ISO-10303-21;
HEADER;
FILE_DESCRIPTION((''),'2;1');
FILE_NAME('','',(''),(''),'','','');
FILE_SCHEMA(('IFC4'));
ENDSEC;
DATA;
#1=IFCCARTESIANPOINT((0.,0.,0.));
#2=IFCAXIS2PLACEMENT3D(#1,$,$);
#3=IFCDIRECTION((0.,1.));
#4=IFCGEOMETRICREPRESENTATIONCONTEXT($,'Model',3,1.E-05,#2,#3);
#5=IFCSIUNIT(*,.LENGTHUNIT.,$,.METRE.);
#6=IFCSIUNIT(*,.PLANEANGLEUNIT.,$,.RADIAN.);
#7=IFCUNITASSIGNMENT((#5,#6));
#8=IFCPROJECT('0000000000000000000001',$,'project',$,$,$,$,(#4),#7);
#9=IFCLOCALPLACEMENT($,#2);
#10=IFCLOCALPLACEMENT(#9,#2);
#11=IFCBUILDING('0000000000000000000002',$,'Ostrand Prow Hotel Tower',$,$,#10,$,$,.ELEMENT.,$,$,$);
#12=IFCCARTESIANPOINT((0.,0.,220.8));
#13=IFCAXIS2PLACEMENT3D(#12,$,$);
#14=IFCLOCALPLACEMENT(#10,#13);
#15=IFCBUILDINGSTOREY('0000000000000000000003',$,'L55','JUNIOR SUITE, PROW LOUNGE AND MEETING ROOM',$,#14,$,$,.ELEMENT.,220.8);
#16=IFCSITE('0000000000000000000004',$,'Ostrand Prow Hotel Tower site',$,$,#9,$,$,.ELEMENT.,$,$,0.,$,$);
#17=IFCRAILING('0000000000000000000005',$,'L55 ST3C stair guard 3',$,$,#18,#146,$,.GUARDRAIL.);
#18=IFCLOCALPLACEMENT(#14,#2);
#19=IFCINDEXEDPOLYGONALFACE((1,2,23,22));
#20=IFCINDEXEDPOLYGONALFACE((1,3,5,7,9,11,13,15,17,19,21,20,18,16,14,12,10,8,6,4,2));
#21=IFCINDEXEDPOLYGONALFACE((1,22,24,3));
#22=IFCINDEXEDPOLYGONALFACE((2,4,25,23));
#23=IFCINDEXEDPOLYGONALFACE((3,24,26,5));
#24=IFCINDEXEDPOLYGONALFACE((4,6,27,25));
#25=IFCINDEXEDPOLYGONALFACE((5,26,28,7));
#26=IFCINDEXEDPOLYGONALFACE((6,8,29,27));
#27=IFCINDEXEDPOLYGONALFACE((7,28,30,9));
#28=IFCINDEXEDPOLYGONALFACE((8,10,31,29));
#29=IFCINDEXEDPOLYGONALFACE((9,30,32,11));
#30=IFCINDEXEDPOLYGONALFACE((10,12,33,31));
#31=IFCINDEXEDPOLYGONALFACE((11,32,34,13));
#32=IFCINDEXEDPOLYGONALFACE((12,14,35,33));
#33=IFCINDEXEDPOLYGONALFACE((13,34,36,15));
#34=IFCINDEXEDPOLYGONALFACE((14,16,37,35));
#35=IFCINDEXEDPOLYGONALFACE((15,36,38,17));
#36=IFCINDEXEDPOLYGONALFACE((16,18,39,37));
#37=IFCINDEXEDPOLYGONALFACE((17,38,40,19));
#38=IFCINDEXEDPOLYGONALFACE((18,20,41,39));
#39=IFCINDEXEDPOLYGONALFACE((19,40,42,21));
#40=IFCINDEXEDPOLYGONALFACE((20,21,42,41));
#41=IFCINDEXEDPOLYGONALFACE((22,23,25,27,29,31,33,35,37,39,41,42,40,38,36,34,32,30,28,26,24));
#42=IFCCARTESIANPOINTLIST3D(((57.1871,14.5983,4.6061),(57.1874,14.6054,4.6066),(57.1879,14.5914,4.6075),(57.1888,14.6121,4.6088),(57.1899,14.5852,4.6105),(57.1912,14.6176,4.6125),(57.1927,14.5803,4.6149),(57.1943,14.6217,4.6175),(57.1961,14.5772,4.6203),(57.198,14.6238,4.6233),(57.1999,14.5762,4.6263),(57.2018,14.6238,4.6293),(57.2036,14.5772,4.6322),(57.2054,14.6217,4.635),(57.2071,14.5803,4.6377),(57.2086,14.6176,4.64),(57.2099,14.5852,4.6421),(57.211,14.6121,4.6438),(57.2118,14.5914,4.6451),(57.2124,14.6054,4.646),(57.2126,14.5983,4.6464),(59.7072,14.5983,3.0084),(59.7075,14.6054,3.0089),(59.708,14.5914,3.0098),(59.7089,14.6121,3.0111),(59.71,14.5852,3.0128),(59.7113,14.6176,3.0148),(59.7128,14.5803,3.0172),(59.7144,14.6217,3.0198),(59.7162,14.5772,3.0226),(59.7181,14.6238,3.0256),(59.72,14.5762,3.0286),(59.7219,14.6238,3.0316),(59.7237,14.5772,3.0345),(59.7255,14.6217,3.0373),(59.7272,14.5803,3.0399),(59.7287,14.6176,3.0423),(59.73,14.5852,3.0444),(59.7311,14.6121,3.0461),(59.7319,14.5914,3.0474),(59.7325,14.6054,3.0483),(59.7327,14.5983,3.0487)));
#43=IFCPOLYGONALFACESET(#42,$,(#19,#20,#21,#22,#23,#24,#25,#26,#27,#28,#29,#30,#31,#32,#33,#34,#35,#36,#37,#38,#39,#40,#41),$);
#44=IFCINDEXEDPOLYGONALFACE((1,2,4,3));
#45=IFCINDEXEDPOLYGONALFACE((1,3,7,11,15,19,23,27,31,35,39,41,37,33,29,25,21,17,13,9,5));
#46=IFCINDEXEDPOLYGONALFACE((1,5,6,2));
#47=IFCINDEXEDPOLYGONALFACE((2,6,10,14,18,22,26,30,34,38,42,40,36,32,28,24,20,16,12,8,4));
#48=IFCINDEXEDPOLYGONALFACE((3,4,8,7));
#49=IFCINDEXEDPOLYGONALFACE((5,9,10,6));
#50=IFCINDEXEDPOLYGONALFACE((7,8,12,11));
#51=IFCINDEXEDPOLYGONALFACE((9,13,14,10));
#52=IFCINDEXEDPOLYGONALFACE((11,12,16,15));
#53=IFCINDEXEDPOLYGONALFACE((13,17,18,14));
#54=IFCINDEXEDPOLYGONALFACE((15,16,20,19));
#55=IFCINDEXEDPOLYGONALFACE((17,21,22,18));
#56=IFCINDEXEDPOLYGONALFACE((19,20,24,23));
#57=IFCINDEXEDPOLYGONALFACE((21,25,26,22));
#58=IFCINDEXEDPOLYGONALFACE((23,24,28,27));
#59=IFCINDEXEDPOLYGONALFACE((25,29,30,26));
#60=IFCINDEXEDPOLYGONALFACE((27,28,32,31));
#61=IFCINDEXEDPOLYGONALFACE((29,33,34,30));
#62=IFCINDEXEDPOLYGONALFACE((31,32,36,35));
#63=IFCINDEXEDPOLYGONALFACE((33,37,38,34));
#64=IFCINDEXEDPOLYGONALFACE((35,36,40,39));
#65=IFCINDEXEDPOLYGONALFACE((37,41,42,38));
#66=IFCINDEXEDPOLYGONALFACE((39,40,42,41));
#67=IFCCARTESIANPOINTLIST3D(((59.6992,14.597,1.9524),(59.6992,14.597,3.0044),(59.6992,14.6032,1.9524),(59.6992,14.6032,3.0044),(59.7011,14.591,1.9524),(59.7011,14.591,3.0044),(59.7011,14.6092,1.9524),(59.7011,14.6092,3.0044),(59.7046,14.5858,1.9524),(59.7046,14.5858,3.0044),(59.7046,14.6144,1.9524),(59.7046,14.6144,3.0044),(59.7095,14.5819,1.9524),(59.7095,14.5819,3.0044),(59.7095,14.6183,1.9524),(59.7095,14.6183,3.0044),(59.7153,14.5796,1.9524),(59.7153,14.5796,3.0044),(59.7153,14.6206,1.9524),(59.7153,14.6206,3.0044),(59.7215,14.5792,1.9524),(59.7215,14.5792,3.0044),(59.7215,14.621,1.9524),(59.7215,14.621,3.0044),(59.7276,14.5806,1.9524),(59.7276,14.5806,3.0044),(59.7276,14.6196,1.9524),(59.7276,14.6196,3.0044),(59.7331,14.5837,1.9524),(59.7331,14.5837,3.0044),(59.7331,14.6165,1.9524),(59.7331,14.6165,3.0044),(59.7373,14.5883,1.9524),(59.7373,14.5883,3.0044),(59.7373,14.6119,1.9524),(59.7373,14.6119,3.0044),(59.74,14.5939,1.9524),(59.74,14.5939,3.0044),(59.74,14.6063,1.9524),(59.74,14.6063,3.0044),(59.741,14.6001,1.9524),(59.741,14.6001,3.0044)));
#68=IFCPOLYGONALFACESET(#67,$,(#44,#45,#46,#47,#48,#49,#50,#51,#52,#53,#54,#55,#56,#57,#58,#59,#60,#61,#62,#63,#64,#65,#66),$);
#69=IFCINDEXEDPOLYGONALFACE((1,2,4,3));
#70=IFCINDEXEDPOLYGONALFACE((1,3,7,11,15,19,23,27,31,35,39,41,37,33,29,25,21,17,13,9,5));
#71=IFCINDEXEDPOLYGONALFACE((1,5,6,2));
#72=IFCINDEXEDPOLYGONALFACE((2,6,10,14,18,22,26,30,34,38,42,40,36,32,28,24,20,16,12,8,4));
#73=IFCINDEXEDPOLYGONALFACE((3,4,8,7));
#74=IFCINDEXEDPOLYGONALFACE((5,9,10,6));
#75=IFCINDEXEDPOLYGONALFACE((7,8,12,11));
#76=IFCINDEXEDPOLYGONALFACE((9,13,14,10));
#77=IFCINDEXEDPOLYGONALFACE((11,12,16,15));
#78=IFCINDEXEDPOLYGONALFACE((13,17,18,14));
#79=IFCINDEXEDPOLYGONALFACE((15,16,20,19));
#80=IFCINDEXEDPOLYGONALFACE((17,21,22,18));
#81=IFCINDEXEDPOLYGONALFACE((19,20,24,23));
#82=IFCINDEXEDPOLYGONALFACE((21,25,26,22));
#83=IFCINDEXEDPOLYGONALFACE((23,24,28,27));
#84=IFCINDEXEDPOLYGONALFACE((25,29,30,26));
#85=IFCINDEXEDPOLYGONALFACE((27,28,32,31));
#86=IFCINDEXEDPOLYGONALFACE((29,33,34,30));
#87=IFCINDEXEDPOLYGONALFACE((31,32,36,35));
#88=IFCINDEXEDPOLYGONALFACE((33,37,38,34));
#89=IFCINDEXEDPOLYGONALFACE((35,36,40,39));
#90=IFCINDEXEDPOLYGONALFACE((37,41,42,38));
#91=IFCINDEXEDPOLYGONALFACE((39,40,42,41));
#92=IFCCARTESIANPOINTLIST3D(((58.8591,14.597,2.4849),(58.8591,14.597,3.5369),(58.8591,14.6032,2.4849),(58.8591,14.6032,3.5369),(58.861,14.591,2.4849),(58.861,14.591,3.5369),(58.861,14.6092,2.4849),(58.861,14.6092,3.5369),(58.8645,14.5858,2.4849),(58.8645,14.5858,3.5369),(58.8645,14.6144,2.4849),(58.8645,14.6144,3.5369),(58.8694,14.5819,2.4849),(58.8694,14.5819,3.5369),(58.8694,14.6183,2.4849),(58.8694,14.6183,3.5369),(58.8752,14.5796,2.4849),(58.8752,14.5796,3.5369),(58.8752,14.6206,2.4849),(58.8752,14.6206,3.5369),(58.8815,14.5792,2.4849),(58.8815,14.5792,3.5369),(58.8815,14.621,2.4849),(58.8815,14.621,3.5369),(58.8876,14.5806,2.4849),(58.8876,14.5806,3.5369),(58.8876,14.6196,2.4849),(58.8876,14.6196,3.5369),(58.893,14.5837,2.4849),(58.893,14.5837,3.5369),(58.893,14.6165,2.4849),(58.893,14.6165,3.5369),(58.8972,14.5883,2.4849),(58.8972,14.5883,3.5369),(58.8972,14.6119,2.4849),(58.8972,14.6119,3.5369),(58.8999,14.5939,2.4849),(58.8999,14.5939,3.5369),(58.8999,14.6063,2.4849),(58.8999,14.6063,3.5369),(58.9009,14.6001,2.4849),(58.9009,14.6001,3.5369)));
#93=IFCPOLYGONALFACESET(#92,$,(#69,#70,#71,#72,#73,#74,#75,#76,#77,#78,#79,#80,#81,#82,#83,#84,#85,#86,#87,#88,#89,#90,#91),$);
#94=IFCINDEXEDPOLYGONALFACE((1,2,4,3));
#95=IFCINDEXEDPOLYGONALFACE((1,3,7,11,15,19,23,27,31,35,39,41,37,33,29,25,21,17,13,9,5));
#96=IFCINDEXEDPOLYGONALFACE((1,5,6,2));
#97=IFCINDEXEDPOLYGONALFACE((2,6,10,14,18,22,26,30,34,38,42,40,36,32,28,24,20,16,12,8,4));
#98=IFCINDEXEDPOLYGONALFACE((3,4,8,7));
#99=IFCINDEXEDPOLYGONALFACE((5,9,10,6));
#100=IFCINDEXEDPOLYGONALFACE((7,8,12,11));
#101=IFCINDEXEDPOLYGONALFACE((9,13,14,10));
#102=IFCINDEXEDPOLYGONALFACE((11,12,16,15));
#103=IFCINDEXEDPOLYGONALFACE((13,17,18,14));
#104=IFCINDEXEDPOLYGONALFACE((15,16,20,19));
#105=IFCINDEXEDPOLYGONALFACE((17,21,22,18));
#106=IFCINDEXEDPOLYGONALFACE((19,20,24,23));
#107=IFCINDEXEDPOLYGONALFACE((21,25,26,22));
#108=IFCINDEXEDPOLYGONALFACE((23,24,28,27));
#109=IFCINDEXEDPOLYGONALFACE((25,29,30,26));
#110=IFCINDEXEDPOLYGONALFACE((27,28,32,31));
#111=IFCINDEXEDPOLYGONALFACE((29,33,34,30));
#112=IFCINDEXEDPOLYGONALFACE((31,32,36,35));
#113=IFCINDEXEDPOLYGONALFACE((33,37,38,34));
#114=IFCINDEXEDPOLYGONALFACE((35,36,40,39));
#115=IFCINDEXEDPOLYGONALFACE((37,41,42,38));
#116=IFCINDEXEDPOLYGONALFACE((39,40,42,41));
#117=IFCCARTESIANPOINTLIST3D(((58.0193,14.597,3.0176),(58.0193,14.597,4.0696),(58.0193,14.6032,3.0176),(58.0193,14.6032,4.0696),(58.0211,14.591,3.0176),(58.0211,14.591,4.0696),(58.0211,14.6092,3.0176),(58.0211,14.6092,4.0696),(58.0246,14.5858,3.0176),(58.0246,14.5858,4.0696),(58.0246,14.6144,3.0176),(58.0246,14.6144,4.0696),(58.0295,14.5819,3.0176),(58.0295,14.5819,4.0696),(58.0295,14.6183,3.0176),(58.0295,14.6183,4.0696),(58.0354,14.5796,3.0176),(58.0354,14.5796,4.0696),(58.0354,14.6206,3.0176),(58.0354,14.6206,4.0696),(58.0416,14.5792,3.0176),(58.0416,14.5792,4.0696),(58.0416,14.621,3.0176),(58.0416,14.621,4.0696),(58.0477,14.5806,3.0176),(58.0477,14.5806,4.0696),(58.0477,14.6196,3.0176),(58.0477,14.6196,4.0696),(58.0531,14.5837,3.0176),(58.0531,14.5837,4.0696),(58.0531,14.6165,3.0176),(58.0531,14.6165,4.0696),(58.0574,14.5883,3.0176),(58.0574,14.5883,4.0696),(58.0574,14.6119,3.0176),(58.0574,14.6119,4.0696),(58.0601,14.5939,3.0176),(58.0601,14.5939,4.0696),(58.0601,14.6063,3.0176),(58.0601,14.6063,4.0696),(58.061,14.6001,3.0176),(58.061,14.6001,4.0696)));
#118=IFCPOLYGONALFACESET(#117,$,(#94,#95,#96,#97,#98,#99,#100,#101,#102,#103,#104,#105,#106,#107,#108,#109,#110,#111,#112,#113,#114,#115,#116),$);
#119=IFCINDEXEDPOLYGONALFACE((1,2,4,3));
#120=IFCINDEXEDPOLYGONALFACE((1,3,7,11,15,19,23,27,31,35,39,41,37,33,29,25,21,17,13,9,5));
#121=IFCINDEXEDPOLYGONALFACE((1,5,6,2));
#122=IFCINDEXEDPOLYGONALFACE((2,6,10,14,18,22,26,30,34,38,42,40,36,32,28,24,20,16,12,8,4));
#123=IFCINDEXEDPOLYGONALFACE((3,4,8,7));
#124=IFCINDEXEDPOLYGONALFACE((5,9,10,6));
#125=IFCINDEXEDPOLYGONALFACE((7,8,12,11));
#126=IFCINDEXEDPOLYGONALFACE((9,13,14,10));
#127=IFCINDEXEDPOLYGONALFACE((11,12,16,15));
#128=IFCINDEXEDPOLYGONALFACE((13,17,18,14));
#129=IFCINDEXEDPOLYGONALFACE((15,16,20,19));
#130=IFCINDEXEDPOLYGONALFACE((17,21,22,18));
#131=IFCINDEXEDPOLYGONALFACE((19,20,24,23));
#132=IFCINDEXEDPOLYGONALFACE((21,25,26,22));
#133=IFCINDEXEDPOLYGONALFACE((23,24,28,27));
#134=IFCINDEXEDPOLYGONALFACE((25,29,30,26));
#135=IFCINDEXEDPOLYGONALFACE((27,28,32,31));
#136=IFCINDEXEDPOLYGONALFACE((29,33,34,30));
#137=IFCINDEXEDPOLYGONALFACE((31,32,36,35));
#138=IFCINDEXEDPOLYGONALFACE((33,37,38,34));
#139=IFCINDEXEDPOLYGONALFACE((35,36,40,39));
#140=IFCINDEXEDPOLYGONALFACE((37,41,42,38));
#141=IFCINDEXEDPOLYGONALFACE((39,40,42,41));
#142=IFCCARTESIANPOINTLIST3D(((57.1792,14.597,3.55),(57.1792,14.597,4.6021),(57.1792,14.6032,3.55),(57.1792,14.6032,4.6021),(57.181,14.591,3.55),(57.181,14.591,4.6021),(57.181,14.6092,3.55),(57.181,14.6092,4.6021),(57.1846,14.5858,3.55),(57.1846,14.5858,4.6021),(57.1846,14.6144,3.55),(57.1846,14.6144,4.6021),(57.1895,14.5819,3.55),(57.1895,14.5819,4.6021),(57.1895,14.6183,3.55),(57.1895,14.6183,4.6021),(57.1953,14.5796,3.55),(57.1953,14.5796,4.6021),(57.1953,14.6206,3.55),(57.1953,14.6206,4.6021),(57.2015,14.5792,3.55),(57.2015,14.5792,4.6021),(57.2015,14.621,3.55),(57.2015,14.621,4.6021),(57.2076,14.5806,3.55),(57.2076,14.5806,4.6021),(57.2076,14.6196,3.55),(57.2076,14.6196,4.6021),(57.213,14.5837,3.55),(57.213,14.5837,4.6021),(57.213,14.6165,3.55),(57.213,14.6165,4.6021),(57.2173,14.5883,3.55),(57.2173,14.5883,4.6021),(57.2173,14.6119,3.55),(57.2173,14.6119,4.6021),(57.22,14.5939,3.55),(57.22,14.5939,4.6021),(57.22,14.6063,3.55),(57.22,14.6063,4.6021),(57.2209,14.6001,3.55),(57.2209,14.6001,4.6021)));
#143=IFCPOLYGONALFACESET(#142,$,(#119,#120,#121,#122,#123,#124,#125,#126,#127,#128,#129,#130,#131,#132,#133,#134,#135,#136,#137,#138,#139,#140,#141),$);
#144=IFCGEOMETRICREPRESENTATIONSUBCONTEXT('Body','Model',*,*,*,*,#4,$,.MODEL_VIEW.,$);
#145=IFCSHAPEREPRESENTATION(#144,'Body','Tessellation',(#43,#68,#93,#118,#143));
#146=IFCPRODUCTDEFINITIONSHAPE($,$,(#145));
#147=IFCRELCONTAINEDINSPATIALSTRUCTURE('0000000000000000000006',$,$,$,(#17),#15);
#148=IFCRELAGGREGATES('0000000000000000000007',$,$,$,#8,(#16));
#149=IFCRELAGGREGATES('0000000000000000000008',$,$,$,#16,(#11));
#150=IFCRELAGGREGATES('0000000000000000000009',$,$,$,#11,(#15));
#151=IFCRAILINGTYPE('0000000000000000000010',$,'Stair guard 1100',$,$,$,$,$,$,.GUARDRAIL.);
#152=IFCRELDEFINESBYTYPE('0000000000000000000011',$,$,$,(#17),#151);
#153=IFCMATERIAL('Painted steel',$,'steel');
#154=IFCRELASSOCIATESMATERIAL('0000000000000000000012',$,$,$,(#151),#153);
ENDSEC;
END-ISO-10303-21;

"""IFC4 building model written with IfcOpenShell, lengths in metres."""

from ifc_helpers import new_model, si_unit, direction, frame, origin, origin_2d, place, context, subcontext, project, spatial, circle, extrude, material, type_object, element, save


model = new_model("IFC4")

# Units and contexts
model_context = context("Model", 3, precision=1e-05, world=origin(), true_north=direction((0.0, 1.0)))
body_context = subcontext(model_context, "Body", "Model", "MODEL_VIEW")
ifc_project = project(units=[si_unit("LENGTHUNIT", "METRE"), si_unit("PLANEANGLEUNIT", "RADIAN")], contexts=[model_context])

# Site, building, storey
site_placement = place(None, origin())
site = spatial("IfcSite", under=ifc_project, at=site_placement, Name="Ostrand Prow Hotel Tower site", CompositionType="ELEMENT", RefElevation=0.0)
building_placement = place(site_placement, origin())
building = spatial("IfcBuilding", under=site, at=building_placement, Name="Ostrand Prow Hotel Tower", CompositionType="ELEMENT")
storey_placement = place(building_placement, frame((0.0, 0.0, 220.8)))
storey = spatial("IfcBuildingStorey", under=building, at=storey_placement, Name="L55", Description="JUNIOR SUITE, PROW LOUNGE AND MEETING ROOM", CompositionType="ELEMENT", Elevation=220.8)

# Railing
ifc_material_1 = material(Name="Painted steel", Category="steel")
railing_type_1 = type_object("IfcRailingType", Name="Stair guard 1100", PredefinedType="GUARDRAIL", material=ifc_material_1)
railing_1_placement = place(storey_placement, frame((59.72, 14.6001, 1.9524)))
element("IfcRailing", 1, at=railing_1_placement, inside=storey, type_object=railing_type_1, Name="L55 ST3C stair guard 3", PredefinedType="GUARDRAIL", context=body_context, shape_type="SweptSolid", body=[
    extrude(circle(Radius=0.0239, at=origin_2d()), frame((0.0, 0.0, 1.0762), z_axis=(-0.84457, 0.0, 0.535445), x_axis=(0.0, -1.0, 0.0)), (0.0, 0.0, 1.0), 2.9839),
    extrude(circle(Radius=0.021, at=origin_2d()), origin(), (0.0, 0.0, 1.0), 1.052),
    extrude(circle(Radius=0.021, at=origin_2d()), frame((-0.8401, 0.0, 0.5325)), (0.0, 0.0, 1.0), 1.052),
    extrude(circle(Radius=0.021, at=origin_2d()), frame((-1.6799, 0.0, 1.0652)), (0.0, 0.0, 1.0), 1.052),
    extrude(circle(Radius=0.021, at=origin_2d()), frame((-2.52, 0.0, 1.5977)), (0.0, 0.0, 1.0), 1.052),
])

save(model, "model.ifc")
